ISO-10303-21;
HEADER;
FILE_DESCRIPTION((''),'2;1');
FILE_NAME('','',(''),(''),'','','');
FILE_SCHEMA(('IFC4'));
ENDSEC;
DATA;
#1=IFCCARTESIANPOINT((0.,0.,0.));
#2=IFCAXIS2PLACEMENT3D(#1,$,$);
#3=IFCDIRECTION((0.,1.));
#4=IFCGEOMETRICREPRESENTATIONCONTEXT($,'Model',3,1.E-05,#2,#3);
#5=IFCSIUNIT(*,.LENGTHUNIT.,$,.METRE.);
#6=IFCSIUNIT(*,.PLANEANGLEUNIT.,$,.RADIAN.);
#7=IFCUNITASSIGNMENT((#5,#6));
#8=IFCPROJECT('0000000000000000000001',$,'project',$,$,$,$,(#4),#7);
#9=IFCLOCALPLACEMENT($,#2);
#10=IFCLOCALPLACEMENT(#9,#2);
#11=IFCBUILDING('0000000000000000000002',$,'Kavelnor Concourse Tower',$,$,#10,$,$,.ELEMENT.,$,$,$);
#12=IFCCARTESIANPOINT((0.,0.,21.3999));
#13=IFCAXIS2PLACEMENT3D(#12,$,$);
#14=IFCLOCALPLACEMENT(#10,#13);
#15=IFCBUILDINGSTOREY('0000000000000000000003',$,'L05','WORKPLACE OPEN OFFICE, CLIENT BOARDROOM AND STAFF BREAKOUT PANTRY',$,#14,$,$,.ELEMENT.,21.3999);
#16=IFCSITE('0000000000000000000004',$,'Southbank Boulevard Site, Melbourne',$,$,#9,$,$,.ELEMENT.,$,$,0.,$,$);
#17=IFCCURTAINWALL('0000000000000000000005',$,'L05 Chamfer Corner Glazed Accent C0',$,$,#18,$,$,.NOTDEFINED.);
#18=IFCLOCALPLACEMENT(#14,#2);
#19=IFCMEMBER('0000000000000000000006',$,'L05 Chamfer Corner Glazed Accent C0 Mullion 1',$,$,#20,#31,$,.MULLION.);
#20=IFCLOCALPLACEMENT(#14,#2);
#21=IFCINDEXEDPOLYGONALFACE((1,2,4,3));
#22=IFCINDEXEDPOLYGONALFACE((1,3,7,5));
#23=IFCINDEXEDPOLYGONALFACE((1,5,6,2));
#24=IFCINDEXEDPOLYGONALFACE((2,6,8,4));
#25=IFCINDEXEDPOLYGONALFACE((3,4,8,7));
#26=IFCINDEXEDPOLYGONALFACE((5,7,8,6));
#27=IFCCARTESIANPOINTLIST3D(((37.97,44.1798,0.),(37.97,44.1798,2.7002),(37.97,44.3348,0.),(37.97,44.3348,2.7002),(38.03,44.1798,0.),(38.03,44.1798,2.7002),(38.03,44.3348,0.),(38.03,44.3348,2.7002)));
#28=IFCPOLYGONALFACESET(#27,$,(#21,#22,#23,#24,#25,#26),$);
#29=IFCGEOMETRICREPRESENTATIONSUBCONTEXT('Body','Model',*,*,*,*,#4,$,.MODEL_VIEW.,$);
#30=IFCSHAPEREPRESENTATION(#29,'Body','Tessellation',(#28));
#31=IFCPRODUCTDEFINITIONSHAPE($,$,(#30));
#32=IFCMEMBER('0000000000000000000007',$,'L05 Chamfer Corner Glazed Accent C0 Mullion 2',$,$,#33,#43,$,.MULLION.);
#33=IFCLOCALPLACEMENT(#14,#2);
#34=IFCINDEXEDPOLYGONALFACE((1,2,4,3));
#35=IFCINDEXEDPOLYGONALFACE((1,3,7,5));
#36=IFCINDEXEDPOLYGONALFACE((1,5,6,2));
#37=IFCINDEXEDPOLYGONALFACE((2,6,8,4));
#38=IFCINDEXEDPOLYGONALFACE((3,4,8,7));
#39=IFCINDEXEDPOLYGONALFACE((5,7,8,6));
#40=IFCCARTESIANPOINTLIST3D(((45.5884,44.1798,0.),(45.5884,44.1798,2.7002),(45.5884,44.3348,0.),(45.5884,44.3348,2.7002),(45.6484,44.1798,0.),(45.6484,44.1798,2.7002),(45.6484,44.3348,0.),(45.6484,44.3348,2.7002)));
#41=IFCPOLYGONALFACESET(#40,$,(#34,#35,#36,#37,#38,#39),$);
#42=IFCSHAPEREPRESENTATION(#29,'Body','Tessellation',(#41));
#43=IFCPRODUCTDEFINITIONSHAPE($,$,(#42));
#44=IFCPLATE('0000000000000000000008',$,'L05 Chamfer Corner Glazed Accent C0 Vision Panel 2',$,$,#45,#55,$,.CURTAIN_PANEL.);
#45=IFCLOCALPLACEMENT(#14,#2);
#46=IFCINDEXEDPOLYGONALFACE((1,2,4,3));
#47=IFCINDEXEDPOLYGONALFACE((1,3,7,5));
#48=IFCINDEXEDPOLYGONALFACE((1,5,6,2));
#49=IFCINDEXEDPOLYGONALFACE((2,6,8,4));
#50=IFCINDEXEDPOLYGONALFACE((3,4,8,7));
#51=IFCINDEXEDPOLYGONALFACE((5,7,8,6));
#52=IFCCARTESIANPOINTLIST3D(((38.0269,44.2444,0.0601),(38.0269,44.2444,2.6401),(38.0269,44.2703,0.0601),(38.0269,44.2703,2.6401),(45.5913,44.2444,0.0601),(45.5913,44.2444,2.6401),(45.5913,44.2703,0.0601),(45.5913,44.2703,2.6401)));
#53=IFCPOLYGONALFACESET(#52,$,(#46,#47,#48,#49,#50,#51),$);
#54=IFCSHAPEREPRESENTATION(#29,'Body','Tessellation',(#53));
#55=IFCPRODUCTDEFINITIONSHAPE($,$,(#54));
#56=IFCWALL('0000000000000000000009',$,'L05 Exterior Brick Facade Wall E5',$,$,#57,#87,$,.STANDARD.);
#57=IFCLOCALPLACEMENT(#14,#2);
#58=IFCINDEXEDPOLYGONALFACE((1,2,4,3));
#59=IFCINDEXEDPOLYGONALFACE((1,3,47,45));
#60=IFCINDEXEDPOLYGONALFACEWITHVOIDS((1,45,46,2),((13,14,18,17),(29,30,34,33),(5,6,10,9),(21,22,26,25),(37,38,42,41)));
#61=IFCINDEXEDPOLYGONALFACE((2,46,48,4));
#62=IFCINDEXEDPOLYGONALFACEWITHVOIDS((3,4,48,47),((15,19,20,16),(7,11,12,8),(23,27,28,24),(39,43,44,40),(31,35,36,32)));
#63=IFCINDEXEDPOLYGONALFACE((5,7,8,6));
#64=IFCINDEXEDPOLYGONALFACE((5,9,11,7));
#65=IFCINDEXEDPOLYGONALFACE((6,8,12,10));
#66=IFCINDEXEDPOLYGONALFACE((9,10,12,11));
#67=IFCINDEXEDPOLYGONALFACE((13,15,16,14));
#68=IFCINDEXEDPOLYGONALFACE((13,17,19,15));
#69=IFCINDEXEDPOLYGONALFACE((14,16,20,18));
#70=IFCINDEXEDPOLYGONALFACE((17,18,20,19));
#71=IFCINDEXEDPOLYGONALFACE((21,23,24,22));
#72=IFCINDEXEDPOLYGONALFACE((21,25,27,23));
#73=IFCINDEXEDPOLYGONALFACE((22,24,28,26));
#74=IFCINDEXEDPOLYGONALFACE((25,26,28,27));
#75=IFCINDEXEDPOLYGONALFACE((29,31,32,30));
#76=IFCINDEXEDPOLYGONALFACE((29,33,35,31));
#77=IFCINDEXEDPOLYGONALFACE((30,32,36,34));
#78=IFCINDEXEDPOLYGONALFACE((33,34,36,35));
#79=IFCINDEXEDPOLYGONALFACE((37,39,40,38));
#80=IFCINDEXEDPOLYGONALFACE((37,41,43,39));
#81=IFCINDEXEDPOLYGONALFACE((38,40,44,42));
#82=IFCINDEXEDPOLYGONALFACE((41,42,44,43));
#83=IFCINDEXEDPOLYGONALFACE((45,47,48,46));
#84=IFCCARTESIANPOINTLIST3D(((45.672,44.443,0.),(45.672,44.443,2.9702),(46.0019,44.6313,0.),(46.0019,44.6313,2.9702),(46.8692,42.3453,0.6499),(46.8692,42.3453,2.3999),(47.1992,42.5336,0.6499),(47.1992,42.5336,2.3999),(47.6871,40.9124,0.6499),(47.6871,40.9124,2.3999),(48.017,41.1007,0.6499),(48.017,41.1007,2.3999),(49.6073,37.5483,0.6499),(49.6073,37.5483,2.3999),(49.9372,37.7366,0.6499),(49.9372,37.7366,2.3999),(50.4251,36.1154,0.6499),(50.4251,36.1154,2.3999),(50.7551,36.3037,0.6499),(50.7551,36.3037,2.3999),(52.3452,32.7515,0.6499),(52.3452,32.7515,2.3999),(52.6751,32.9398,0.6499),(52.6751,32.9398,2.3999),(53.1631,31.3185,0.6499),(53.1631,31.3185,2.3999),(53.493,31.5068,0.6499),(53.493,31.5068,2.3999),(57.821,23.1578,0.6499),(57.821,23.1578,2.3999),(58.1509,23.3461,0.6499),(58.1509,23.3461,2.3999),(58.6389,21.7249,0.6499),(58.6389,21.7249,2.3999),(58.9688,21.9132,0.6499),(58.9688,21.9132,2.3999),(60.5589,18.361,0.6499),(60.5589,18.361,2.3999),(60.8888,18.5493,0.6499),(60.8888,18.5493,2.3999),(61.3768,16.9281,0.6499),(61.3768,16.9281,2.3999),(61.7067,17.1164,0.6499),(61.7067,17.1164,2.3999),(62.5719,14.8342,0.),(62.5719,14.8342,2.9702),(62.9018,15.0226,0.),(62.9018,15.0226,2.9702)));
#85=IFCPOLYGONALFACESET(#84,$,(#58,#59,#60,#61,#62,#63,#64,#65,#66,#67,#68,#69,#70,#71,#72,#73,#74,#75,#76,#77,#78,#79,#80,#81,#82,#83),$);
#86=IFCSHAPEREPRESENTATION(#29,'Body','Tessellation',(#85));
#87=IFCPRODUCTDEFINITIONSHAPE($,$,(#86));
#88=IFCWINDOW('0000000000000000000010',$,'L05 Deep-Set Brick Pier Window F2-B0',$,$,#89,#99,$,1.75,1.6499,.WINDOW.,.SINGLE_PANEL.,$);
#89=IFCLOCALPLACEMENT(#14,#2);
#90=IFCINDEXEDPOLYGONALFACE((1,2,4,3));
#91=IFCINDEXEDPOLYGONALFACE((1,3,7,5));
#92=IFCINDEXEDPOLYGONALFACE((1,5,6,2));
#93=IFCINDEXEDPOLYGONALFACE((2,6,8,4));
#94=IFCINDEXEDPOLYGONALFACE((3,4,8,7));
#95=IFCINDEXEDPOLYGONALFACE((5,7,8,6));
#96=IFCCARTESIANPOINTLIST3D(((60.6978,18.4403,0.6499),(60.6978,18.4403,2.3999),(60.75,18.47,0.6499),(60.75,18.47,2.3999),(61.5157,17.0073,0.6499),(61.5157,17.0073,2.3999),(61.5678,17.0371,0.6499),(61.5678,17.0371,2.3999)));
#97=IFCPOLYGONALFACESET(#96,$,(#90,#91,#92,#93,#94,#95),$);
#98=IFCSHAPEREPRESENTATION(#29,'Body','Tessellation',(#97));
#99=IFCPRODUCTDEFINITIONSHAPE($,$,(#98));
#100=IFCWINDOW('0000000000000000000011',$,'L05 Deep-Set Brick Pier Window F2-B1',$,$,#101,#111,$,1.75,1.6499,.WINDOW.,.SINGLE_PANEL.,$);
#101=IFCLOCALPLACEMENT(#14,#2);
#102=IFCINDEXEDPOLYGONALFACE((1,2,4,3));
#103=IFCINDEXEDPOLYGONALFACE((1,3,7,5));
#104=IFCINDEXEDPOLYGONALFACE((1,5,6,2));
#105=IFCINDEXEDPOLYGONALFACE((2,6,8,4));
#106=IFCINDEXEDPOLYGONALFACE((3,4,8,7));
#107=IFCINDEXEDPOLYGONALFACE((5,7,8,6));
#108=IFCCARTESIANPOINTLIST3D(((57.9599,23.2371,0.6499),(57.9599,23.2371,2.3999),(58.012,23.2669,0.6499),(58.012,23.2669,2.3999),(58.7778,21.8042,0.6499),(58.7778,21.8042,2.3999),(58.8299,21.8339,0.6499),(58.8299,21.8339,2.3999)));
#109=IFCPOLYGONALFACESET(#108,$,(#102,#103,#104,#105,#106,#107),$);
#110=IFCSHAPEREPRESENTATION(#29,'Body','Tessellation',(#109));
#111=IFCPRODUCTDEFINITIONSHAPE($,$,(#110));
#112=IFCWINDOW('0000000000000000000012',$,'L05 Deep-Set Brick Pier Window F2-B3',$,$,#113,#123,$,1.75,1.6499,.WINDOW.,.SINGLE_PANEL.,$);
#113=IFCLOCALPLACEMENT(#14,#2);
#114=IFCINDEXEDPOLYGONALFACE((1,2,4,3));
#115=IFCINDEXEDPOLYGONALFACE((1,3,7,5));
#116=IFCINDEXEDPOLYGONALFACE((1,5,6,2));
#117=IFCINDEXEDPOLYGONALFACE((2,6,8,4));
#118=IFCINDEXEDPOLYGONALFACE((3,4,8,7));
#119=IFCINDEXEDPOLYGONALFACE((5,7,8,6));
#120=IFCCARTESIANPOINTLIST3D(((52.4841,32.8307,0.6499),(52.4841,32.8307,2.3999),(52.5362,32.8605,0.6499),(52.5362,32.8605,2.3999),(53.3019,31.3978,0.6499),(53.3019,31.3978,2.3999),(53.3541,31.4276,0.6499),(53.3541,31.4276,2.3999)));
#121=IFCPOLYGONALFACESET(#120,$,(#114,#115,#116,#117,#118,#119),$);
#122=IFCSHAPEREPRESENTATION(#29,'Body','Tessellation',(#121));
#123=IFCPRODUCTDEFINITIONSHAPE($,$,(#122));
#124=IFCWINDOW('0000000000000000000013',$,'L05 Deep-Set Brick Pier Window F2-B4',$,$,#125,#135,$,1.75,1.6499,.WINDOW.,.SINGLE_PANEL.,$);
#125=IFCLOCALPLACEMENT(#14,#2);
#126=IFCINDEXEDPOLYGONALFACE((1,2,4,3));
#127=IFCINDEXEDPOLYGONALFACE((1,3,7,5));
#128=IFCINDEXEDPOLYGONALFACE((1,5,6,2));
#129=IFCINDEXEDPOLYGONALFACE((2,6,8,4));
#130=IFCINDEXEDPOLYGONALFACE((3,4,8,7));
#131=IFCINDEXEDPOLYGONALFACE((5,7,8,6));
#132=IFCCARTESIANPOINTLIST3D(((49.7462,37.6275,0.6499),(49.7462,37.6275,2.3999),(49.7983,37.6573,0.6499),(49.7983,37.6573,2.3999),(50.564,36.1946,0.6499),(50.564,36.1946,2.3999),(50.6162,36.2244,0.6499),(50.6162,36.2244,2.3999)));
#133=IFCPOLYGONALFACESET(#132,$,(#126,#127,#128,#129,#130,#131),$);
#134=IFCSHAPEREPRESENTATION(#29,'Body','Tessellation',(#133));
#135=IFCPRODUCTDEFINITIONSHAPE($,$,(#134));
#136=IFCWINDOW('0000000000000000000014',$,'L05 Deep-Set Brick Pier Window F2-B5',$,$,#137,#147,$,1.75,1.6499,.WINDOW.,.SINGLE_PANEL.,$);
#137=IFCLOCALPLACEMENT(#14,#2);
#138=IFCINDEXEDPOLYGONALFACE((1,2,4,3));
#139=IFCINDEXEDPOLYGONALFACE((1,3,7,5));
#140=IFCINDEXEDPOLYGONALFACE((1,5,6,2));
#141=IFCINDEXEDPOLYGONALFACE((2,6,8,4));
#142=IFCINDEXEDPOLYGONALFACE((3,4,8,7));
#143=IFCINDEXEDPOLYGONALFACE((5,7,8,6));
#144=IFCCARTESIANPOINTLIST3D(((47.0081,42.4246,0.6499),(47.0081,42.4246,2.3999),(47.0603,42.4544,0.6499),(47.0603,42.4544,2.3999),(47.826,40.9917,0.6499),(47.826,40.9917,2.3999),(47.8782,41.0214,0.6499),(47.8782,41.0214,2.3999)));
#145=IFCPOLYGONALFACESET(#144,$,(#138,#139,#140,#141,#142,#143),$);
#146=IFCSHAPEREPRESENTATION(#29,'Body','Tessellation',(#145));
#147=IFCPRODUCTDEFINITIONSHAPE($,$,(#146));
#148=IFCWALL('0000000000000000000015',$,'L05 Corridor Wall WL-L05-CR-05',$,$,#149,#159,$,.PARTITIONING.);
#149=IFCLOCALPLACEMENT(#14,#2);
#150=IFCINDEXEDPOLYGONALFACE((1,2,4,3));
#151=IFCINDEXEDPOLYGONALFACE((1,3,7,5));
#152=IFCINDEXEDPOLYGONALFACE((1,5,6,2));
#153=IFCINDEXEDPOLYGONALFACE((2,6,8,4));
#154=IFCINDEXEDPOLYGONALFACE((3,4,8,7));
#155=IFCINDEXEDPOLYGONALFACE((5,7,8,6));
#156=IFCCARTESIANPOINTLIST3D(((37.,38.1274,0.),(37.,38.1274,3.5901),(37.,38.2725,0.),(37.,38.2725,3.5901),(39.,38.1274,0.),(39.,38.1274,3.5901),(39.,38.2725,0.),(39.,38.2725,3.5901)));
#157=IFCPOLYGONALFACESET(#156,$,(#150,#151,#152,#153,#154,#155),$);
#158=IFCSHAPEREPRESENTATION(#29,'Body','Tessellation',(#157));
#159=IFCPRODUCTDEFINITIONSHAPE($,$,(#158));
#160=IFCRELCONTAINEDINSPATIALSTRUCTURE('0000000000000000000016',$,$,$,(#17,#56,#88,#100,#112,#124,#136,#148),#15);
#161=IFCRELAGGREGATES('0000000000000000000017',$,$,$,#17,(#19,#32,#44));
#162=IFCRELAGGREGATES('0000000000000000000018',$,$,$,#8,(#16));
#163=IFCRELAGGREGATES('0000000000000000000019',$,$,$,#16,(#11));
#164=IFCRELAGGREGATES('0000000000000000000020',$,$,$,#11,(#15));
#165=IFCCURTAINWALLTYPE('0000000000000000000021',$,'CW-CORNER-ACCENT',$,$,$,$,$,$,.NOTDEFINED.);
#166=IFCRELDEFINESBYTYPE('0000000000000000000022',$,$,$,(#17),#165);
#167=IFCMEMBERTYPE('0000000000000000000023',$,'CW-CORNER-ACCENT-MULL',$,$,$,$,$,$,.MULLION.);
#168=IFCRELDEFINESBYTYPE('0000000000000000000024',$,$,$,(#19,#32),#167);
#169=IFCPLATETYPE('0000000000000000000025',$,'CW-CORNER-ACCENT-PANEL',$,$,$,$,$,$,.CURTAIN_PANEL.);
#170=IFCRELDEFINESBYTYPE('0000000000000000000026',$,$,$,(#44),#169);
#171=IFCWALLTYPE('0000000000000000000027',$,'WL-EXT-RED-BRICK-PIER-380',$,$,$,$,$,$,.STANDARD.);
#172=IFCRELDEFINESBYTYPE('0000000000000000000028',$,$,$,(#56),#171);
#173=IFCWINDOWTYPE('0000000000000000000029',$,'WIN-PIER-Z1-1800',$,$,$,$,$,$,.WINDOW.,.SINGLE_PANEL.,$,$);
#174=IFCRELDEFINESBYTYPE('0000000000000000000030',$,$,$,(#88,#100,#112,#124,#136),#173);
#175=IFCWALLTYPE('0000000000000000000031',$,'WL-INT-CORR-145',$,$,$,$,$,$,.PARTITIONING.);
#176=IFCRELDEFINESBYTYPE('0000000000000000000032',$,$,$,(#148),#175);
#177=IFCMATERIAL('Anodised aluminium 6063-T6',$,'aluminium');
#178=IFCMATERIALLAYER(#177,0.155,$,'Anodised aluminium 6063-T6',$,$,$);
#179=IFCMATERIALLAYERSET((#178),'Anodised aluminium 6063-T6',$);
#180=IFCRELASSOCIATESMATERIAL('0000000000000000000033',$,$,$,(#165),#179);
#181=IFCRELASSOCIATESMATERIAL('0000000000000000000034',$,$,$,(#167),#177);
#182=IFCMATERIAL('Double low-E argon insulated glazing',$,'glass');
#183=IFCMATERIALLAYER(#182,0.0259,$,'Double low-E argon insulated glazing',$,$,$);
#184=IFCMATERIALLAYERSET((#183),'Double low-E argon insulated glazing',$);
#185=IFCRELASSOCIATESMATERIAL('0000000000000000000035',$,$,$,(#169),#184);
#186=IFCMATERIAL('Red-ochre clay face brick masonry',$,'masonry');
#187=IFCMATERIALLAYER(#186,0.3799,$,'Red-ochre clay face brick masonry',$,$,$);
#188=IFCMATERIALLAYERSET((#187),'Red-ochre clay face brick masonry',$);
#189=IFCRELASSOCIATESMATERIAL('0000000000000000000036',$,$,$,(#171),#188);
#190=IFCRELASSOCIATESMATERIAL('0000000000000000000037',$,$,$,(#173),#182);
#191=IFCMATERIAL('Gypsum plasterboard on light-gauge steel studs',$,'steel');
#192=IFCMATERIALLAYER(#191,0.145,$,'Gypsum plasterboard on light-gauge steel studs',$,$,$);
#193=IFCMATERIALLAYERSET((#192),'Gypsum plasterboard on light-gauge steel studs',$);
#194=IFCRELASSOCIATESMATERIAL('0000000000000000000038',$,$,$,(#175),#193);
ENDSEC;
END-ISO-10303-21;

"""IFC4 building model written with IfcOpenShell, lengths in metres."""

from ifc_helpers import new_model, si_unit, direction, frame, frame_2d, origin, origin_2d, place, context, subcontext, project, spatial, rectangle, extrude, material, layer, layer_set, material_profile, profile_set, type_object, element, fill, aggregate, save


model = new_model("IFC4")

# Units and contexts
model_context = context("Model", 3, precision=1e-05, world=origin(), true_north=direction((0.0, 1.0)))
body_context = subcontext(model_context, "Body", "Model", "MODEL_VIEW")
ifc_project = project(units=[si_unit("LENGTHUNIT", "METRE"), si_unit("PLANEANGLEUNIT", "RADIAN")], contexts=[model_context])

# Site, building, storey
site_placement = place(None, origin())
site = spatial("IfcSite", under=ifc_project, at=site_placement, Name="Southbank Boulevard Site, Melbourne", CompositionType="ELEMENT", RefElevation=0.0)
building_placement = place(site_placement, origin())
building = spatial("IfcBuilding", under=site, at=building_placement, Name="Kavelnor Concourse Tower", CompositionType="ELEMENT")
storey_placement = place(building_placement, frame((0.0, 0.0, 21.3999)))
storey = spatial("IfcBuildingStorey", under=building, at=storey_placement, Name="L05", Description="WORKPLACE OPEN OFFICE, CLIENT BOARDROOM AND STAFF BREAKOUT PANTRY", CompositionType="ELEMENT", Elevation=21.3999)

# Curtain wall, members, plate
ifc_material_1 = material(Name="Anodised aluminium 6063-T6", Category="aluminium")
ifc_layer_1 = layer(ifc_material_1, 0.155, Name="Anodised aluminium 6063-T6")
ifc_layer_set_1 = layer_set([ifc_layer_1], Name="Anodised aluminium 6063-T6")
curtain_wall_type = type_object("IfcCurtainWallType", Name="CW-CORNER-ACCENT", PredefinedType="NOTDEFINED", material=ifc_layer_set_1)
curtain_wall_placement = place(storey_placement, origin())
curtain_wall = element("IfcCurtainWall", 1, at=curtain_wall_placement, inside=storey, type_object=curtain_wall_type, Name="L05 Chamfer Corner Glazed Accent C0", PredefinedType="NOTDEFINED")
ifc_material_profile_1 = material_profile(ifc_material_1, rectangle(XDim=0.0601, YDim=0.155, at=origin_2d()), Name="AL-MULL 60x155")
ifc_profile_set_1 = profile_set([ifc_material_profile_1], Name="Anodised aluminium 6063-T6")
member_type = type_object("IfcMemberType", Name="CW-CORNER-ACCENT-MULL", PredefinedType="MULLION", material=ifc_profile_set_1)
member_1_placement = place(storey_placement, frame((38.0, 44.2573, 0.0), z_axis=(0.0, 0.0, 1.0), x_axis=(1.0, 0.0, 0.0)))
member_1 = element("IfcMember", 2, at=member_1_placement, type_object=member_type, Name="L05 Chamfer Corner Glazed Accent C0 Mullion 1", PredefinedType="MULLION", context=body_context, shape_type="SweptSolid", body=[
    extrude(rectangle(XDim=0.0601, YDim=0.155, at=origin_2d()), origin(), (0.0, 0.0, 1.0), 2.7002),
])
member_2_placement = place(storey_placement, frame((45.6184, 44.2573, 0.0), z_axis=(0.0, 0.0, 1.0), x_axis=(1.0, 0.0, 0.0)))
member_2 = element("IfcMember", 3, at=member_2_placement, type_object=member_type, Name="L05 Chamfer Corner Glazed Accent C0 Mullion 2", PredefinedType="MULLION", context=body_context, shape_type="SweptSolid", body=[
    extrude(rectangle(XDim=0.0601, YDim=0.155, at=origin_2d()), origin(), (0.0, 0.0, 1.0), 2.7002),
])
ifc_material_2 = material(Name="Double low-E argon insulated glazing", Category="glass")
ifc_layer_2 = layer(ifc_material_2, 0.0259, Name="Double low-E argon insulated glazing")
ifc_layer_set_2 = layer_set([ifc_layer_2], Name="Double low-E argon insulated glazing")
plate_type = type_object("IfcPlateType", Name="CW-CORNER-ACCENT-PANEL", PredefinedType="CURTAIN_PANEL", material=ifc_layer_set_2)
plate_placement = place(storey_placement, frame((41.8091, 44.2573, 0.0601), z_axis=(0.0, 0.0, 1.0), x_axis=(1.0, 0.0, 0.0)))
plate = element("IfcPlate", 4, at=plate_placement, type_object=plate_type, Name="L05 Chamfer Corner Glazed Accent C0 Vision Panel 2", PredefinedType="CURTAIN_PANEL", context=body_context, shape_type="SweptSolid", body=[
    extrude(rectangle(XDim=7.5645, YDim=0.0259, at=origin_2d()), origin(), (0.0, 0.0, 1.0), 2.5801),
])
aggregate(curtain_wall, [member_1, member_2, plate])

# Wall, openings, windows
ifc_material_3 = material(Name="Red-ochre clay face brick masonry", Category="masonry")
ifc_layer_3 = layer(ifc_material_3, 0.3799, Name="Red-ochre clay face brick masonry")
ifc_layer_set_3 = layer_set([ifc_layer_3], Name="Red-ochre clay face brick masonry")
wall_type_1 = type_object("IfcWallType", Name="WL-EXT-RED-BRICK-PIER-380", PredefinedType="STANDARD", material=ifc_layer_set_3)
wall_1_placement = place(storey_placement, frame((45.8369, 44.5371, 0.0), z_axis=(0.0, 0.0, 1.0), x_axis=(0.495712, -0.868487, 0.0)))
wall_1 = element("IfcWall", 5, at=wall_1_placement, inside=storey, type_object=wall_type_1, Name="L05 Exterior Brick Facade Wall E5", PredefinedType="STANDARD", context=body_context, shape_type="SweptSolid", body=[
    extrude(rectangle(XDim=34.0923, YDim=0.3799, at=frame_2d((17.0461, 0.0))), origin(), (0.0, 0.0, 1.0), 2.9702),
])
opening_1_placement = place(wall_1_placement, frame((30.0315, 0.0, 0.6499)))
opening_1 = element("IfcOpeningElement", 6, at=opening_1_placement, cuts=wall_1, PredefinedType="OPENING", context=body_context, shape_type="SweptSolid", body=[
    extrude(rectangle(XDim=1.6499, YDim=1.75, at=frame_2d((0.825, 0.875))), frame((0.0, 0.2, 0.0), z_axis=(0.0, -1.0, 0.0), x_axis=(1.0, 0.0, 0.0)), (0.0, 0.0, 1.0), 0.3999),
])
opening_2_placement = place(wall_1_placement, frame((24.5083, 0.0, 0.6499)))
opening_2 = element("IfcOpeningElement", 7, at=opening_2_placement, cuts=wall_1, PredefinedType="OPENING", context=body_context, shape_type="SweptSolid", body=[
    extrude(rectangle(XDim=1.6499, YDim=1.75, at=frame_2d((0.825, 0.875))), frame((0.0, 0.2, 0.0), z_axis=(0.0, -1.0, 0.0), x_axis=(1.0, 0.0, 0.0)), (0.0, 0.0, 1.0), 0.3999),
])
opening_3_placement = place(wall_1_placement, frame((13.4619, 0.0, 0.6499)))
opening_3 = element("IfcOpeningElement", 8, at=opening_3_placement, cuts=wall_1, PredefinedType="OPENING", context=body_context, shape_type="SweptSolid", body=[
    extrude(rectangle(XDim=1.6499, YDim=1.75, at=frame_2d((0.825, 0.875))), frame((0.0, 0.2, 0.0), z_axis=(0.0, -1.0, 0.0), x_axis=(1.0, 0.0, 0.0)), (0.0, 0.0, 1.0), 0.3999),
])
opening_4_placement = place(wall_1_placement, frame((7.9387, 0.0, 0.6499)))
opening_4 = element("IfcOpeningElement", 9, at=opening_4_placement, cuts=wall_1, PredefinedType="OPENING", context=body_context, shape_type="SweptSolid", body=[
    extrude(rectangle(XDim=1.6499, YDim=1.75, at=frame_2d((0.825, 0.875))), frame((0.0, 0.2, 0.0), z_axis=(0.0, -1.0, 0.0), x_axis=(1.0, 0.0, 0.0)), (0.0, 0.0, 1.0), 0.3999),
])
opening_5_placement = place(wall_1_placement, frame((2.4153, 0.0, 0.6499)))
opening_5 = element("IfcOpeningElement", 10, at=opening_5_placement, cuts=wall_1, PredefinedType="OPENING", context=body_context, shape_type="SweptSolid", body=[
    extrude(rectangle(XDim=1.6499, YDim=1.75, at=frame_2d((0.825, 0.875))), frame((0.0, 0.2, 0.0), z_axis=(0.0, -1.0, 0.0), x_axis=(1.0, 0.0, 0.0)), (0.0, 0.0, 1.0), 0.3999),
])
window_type = type_object("IfcWindowType", Name="WIN-PIER-Z1-1800", PartitioningType="SINGLE_PANEL", PredefinedType="WINDOW", material=ifc_material_2)
window_1_placement = place(opening_1_placement, origin())
window_1 = element("IfcWindow", 11, at=window_1_placement, inside=storey, type_object=window_type, Name="L05 Deep-Set Brick Pier Window F2-B0", OverallHeight=1.75, OverallWidth=1.6499, PartitioningType="SINGLE_PANEL", PredefinedType="WINDOW", context=body_context, shape_type="SweptSolid", body=[
    extrude(rectangle(XDim=1.6499, YDim=1.75, at=frame_2d((0.825, 0.875))), frame((0.0, 0.03, 0.0), z_axis=(0.0, -1.0, 0.0), x_axis=(1.0, 0.0, 0.0)), (0.0, 0.0, 1.0), 0.0601),
])
fill(opening_1, window_1)
window_2_placement = place(opening_2_placement, origin())
window_2 = element("IfcWindow", 12, at=window_2_placement, inside=storey, type_object=window_type, Name="L05 Deep-Set Brick Pier Window F2-B1", OverallHeight=1.75, OverallWidth=1.6499, PartitioningType="SINGLE_PANEL", PredefinedType="WINDOW", context=body_context, shape_type="SweptSolid", body=[
    extrude(rectangle(XDim=1.6499, YDim=1.75, at=frame_2d((0.825, 0.875))), frame((0.0, 0.03, 0.0), z_axis=(0.0, -1.0, 0.0), x_axis=(1.0, 0.0, 0.0)), (0.0, 0.0, 1.0), 0.0601),
])
fill(opening_2, window_2)
window_3_placement = place(opening_3_placement, origin())
window_3 = element("IfcWindow", 13, at=window_3_placement, inside=storey, type_object=window_type, Name="L05 Deep-Set Brick Pier Window F2-B3", OverallHeight=1.75, OverallWidth=1.6499, PartitioningType="SINGLE_PANEL", PredefinedType="WINDOW", context=body_context, shape_type="SweptSolid", body=[
    extrude(rectangle(XDim=1.6499, YDim=1.75, at=frame_2d((0.825, 0.875))), frame((0.0, 0.03, 0.0), z_axis=(0.0, -1.0, 0.0), x_axis=(1.0, 0.0, 0.0)), (0.0, 0.0, 1.0), 0.0601),
])
fill(opening_3, window_3)
window_4_placement = place(opening_4_placement, origin())
window_4 = element("IfcWindow", 14, at=window_4_placement, inside=storey, type_object=window_type, Name="L05 Deep-Set Brick Pier Window F2-B4", OverallHeight=1.75, OverallWidth=1.6499, PartitioningType="SINGLE_PANEL", PredefinedType="WINDOW", context=body_context, shape_type="SweptSolid", body=[
    extrude(rectangle(XDim=1.6499, YDim=1.75, at=frame_2d((0.825, 0.875))), frame((0.0, 0.03, 0.0), z_axis=(0.0, -1.0, 0.0), x_axis=(1.0, 0.0, 0.0)), (0.0, 0.0, 1.0), 0.0601),
])
fill(opening_4, window_4)
window_5_placement = place(opening_5_placement, origin())
window_5 = element("IfcWindow", 15, at=window_5_placement, inside=storey, type_object=window_type, Name="L05 Deep-Set Brick Pier Window F2-B5", OverallHeight=1.75, OverallWidth=1.6499, PartitioningType="SINGLE_PANEL", PredefinedType="WINDOW", context=body_context, shape_type="SweptSolid", body=[
    extrude(rectangle(XDim=1.6499, YDim=1.75, at=frame_2d((0.825, 0.875))), frame((0.0, 0.03, 0.0), z_axis=(0.0, -1.0, 0.0), x_axis=(1.0, 0.0, 0.0)), (0.0, 0.0, 1.0), 0.0601),
])
fill(opening_5, window_5)

# Wall
ifc_material_4 = material(Name="Gypsum plasterboard on light-gauge steel studs", Category="steel")
ifc_layer_4 = layer(ifc_material_4, 0.145, Name="Gypsum plasterboard on light-gauge steel studs")
ifc_layer_set_4 = layer_set([ifc_layer_4], Name="Gypsum plasterboard on light-gauge steel studs")
wall_type_2 = type_object("IfcWallType", Name="WL-INT-CORR-145", PredefinedType="PARTITIONING", material=ifc_layer_set_4)
wall_2_placement = place(storey_placement, frame((37.0, 38.2, 0.0), z_axis=(0.0, 0.0, 1.0), x_axis=(1.0, 0.0, 0.0)))
element("IfcWall", 16, at=wall_2_placement, inside=storey, type_object=wall_type_2, Name="L05 Corridor Wall WL-L05-CR-05", PredefinedType="PARTITIONING", context=body_context, shape_type="SweptSolid", body=[
    extrude(rectangle(XDim=2.0, YDim=0.145, at=frame_2d((1.0, 0.0))), origin(), (0.0, 0.0, 1.0), 3.5901),
])

save(model, "model.ifc")
